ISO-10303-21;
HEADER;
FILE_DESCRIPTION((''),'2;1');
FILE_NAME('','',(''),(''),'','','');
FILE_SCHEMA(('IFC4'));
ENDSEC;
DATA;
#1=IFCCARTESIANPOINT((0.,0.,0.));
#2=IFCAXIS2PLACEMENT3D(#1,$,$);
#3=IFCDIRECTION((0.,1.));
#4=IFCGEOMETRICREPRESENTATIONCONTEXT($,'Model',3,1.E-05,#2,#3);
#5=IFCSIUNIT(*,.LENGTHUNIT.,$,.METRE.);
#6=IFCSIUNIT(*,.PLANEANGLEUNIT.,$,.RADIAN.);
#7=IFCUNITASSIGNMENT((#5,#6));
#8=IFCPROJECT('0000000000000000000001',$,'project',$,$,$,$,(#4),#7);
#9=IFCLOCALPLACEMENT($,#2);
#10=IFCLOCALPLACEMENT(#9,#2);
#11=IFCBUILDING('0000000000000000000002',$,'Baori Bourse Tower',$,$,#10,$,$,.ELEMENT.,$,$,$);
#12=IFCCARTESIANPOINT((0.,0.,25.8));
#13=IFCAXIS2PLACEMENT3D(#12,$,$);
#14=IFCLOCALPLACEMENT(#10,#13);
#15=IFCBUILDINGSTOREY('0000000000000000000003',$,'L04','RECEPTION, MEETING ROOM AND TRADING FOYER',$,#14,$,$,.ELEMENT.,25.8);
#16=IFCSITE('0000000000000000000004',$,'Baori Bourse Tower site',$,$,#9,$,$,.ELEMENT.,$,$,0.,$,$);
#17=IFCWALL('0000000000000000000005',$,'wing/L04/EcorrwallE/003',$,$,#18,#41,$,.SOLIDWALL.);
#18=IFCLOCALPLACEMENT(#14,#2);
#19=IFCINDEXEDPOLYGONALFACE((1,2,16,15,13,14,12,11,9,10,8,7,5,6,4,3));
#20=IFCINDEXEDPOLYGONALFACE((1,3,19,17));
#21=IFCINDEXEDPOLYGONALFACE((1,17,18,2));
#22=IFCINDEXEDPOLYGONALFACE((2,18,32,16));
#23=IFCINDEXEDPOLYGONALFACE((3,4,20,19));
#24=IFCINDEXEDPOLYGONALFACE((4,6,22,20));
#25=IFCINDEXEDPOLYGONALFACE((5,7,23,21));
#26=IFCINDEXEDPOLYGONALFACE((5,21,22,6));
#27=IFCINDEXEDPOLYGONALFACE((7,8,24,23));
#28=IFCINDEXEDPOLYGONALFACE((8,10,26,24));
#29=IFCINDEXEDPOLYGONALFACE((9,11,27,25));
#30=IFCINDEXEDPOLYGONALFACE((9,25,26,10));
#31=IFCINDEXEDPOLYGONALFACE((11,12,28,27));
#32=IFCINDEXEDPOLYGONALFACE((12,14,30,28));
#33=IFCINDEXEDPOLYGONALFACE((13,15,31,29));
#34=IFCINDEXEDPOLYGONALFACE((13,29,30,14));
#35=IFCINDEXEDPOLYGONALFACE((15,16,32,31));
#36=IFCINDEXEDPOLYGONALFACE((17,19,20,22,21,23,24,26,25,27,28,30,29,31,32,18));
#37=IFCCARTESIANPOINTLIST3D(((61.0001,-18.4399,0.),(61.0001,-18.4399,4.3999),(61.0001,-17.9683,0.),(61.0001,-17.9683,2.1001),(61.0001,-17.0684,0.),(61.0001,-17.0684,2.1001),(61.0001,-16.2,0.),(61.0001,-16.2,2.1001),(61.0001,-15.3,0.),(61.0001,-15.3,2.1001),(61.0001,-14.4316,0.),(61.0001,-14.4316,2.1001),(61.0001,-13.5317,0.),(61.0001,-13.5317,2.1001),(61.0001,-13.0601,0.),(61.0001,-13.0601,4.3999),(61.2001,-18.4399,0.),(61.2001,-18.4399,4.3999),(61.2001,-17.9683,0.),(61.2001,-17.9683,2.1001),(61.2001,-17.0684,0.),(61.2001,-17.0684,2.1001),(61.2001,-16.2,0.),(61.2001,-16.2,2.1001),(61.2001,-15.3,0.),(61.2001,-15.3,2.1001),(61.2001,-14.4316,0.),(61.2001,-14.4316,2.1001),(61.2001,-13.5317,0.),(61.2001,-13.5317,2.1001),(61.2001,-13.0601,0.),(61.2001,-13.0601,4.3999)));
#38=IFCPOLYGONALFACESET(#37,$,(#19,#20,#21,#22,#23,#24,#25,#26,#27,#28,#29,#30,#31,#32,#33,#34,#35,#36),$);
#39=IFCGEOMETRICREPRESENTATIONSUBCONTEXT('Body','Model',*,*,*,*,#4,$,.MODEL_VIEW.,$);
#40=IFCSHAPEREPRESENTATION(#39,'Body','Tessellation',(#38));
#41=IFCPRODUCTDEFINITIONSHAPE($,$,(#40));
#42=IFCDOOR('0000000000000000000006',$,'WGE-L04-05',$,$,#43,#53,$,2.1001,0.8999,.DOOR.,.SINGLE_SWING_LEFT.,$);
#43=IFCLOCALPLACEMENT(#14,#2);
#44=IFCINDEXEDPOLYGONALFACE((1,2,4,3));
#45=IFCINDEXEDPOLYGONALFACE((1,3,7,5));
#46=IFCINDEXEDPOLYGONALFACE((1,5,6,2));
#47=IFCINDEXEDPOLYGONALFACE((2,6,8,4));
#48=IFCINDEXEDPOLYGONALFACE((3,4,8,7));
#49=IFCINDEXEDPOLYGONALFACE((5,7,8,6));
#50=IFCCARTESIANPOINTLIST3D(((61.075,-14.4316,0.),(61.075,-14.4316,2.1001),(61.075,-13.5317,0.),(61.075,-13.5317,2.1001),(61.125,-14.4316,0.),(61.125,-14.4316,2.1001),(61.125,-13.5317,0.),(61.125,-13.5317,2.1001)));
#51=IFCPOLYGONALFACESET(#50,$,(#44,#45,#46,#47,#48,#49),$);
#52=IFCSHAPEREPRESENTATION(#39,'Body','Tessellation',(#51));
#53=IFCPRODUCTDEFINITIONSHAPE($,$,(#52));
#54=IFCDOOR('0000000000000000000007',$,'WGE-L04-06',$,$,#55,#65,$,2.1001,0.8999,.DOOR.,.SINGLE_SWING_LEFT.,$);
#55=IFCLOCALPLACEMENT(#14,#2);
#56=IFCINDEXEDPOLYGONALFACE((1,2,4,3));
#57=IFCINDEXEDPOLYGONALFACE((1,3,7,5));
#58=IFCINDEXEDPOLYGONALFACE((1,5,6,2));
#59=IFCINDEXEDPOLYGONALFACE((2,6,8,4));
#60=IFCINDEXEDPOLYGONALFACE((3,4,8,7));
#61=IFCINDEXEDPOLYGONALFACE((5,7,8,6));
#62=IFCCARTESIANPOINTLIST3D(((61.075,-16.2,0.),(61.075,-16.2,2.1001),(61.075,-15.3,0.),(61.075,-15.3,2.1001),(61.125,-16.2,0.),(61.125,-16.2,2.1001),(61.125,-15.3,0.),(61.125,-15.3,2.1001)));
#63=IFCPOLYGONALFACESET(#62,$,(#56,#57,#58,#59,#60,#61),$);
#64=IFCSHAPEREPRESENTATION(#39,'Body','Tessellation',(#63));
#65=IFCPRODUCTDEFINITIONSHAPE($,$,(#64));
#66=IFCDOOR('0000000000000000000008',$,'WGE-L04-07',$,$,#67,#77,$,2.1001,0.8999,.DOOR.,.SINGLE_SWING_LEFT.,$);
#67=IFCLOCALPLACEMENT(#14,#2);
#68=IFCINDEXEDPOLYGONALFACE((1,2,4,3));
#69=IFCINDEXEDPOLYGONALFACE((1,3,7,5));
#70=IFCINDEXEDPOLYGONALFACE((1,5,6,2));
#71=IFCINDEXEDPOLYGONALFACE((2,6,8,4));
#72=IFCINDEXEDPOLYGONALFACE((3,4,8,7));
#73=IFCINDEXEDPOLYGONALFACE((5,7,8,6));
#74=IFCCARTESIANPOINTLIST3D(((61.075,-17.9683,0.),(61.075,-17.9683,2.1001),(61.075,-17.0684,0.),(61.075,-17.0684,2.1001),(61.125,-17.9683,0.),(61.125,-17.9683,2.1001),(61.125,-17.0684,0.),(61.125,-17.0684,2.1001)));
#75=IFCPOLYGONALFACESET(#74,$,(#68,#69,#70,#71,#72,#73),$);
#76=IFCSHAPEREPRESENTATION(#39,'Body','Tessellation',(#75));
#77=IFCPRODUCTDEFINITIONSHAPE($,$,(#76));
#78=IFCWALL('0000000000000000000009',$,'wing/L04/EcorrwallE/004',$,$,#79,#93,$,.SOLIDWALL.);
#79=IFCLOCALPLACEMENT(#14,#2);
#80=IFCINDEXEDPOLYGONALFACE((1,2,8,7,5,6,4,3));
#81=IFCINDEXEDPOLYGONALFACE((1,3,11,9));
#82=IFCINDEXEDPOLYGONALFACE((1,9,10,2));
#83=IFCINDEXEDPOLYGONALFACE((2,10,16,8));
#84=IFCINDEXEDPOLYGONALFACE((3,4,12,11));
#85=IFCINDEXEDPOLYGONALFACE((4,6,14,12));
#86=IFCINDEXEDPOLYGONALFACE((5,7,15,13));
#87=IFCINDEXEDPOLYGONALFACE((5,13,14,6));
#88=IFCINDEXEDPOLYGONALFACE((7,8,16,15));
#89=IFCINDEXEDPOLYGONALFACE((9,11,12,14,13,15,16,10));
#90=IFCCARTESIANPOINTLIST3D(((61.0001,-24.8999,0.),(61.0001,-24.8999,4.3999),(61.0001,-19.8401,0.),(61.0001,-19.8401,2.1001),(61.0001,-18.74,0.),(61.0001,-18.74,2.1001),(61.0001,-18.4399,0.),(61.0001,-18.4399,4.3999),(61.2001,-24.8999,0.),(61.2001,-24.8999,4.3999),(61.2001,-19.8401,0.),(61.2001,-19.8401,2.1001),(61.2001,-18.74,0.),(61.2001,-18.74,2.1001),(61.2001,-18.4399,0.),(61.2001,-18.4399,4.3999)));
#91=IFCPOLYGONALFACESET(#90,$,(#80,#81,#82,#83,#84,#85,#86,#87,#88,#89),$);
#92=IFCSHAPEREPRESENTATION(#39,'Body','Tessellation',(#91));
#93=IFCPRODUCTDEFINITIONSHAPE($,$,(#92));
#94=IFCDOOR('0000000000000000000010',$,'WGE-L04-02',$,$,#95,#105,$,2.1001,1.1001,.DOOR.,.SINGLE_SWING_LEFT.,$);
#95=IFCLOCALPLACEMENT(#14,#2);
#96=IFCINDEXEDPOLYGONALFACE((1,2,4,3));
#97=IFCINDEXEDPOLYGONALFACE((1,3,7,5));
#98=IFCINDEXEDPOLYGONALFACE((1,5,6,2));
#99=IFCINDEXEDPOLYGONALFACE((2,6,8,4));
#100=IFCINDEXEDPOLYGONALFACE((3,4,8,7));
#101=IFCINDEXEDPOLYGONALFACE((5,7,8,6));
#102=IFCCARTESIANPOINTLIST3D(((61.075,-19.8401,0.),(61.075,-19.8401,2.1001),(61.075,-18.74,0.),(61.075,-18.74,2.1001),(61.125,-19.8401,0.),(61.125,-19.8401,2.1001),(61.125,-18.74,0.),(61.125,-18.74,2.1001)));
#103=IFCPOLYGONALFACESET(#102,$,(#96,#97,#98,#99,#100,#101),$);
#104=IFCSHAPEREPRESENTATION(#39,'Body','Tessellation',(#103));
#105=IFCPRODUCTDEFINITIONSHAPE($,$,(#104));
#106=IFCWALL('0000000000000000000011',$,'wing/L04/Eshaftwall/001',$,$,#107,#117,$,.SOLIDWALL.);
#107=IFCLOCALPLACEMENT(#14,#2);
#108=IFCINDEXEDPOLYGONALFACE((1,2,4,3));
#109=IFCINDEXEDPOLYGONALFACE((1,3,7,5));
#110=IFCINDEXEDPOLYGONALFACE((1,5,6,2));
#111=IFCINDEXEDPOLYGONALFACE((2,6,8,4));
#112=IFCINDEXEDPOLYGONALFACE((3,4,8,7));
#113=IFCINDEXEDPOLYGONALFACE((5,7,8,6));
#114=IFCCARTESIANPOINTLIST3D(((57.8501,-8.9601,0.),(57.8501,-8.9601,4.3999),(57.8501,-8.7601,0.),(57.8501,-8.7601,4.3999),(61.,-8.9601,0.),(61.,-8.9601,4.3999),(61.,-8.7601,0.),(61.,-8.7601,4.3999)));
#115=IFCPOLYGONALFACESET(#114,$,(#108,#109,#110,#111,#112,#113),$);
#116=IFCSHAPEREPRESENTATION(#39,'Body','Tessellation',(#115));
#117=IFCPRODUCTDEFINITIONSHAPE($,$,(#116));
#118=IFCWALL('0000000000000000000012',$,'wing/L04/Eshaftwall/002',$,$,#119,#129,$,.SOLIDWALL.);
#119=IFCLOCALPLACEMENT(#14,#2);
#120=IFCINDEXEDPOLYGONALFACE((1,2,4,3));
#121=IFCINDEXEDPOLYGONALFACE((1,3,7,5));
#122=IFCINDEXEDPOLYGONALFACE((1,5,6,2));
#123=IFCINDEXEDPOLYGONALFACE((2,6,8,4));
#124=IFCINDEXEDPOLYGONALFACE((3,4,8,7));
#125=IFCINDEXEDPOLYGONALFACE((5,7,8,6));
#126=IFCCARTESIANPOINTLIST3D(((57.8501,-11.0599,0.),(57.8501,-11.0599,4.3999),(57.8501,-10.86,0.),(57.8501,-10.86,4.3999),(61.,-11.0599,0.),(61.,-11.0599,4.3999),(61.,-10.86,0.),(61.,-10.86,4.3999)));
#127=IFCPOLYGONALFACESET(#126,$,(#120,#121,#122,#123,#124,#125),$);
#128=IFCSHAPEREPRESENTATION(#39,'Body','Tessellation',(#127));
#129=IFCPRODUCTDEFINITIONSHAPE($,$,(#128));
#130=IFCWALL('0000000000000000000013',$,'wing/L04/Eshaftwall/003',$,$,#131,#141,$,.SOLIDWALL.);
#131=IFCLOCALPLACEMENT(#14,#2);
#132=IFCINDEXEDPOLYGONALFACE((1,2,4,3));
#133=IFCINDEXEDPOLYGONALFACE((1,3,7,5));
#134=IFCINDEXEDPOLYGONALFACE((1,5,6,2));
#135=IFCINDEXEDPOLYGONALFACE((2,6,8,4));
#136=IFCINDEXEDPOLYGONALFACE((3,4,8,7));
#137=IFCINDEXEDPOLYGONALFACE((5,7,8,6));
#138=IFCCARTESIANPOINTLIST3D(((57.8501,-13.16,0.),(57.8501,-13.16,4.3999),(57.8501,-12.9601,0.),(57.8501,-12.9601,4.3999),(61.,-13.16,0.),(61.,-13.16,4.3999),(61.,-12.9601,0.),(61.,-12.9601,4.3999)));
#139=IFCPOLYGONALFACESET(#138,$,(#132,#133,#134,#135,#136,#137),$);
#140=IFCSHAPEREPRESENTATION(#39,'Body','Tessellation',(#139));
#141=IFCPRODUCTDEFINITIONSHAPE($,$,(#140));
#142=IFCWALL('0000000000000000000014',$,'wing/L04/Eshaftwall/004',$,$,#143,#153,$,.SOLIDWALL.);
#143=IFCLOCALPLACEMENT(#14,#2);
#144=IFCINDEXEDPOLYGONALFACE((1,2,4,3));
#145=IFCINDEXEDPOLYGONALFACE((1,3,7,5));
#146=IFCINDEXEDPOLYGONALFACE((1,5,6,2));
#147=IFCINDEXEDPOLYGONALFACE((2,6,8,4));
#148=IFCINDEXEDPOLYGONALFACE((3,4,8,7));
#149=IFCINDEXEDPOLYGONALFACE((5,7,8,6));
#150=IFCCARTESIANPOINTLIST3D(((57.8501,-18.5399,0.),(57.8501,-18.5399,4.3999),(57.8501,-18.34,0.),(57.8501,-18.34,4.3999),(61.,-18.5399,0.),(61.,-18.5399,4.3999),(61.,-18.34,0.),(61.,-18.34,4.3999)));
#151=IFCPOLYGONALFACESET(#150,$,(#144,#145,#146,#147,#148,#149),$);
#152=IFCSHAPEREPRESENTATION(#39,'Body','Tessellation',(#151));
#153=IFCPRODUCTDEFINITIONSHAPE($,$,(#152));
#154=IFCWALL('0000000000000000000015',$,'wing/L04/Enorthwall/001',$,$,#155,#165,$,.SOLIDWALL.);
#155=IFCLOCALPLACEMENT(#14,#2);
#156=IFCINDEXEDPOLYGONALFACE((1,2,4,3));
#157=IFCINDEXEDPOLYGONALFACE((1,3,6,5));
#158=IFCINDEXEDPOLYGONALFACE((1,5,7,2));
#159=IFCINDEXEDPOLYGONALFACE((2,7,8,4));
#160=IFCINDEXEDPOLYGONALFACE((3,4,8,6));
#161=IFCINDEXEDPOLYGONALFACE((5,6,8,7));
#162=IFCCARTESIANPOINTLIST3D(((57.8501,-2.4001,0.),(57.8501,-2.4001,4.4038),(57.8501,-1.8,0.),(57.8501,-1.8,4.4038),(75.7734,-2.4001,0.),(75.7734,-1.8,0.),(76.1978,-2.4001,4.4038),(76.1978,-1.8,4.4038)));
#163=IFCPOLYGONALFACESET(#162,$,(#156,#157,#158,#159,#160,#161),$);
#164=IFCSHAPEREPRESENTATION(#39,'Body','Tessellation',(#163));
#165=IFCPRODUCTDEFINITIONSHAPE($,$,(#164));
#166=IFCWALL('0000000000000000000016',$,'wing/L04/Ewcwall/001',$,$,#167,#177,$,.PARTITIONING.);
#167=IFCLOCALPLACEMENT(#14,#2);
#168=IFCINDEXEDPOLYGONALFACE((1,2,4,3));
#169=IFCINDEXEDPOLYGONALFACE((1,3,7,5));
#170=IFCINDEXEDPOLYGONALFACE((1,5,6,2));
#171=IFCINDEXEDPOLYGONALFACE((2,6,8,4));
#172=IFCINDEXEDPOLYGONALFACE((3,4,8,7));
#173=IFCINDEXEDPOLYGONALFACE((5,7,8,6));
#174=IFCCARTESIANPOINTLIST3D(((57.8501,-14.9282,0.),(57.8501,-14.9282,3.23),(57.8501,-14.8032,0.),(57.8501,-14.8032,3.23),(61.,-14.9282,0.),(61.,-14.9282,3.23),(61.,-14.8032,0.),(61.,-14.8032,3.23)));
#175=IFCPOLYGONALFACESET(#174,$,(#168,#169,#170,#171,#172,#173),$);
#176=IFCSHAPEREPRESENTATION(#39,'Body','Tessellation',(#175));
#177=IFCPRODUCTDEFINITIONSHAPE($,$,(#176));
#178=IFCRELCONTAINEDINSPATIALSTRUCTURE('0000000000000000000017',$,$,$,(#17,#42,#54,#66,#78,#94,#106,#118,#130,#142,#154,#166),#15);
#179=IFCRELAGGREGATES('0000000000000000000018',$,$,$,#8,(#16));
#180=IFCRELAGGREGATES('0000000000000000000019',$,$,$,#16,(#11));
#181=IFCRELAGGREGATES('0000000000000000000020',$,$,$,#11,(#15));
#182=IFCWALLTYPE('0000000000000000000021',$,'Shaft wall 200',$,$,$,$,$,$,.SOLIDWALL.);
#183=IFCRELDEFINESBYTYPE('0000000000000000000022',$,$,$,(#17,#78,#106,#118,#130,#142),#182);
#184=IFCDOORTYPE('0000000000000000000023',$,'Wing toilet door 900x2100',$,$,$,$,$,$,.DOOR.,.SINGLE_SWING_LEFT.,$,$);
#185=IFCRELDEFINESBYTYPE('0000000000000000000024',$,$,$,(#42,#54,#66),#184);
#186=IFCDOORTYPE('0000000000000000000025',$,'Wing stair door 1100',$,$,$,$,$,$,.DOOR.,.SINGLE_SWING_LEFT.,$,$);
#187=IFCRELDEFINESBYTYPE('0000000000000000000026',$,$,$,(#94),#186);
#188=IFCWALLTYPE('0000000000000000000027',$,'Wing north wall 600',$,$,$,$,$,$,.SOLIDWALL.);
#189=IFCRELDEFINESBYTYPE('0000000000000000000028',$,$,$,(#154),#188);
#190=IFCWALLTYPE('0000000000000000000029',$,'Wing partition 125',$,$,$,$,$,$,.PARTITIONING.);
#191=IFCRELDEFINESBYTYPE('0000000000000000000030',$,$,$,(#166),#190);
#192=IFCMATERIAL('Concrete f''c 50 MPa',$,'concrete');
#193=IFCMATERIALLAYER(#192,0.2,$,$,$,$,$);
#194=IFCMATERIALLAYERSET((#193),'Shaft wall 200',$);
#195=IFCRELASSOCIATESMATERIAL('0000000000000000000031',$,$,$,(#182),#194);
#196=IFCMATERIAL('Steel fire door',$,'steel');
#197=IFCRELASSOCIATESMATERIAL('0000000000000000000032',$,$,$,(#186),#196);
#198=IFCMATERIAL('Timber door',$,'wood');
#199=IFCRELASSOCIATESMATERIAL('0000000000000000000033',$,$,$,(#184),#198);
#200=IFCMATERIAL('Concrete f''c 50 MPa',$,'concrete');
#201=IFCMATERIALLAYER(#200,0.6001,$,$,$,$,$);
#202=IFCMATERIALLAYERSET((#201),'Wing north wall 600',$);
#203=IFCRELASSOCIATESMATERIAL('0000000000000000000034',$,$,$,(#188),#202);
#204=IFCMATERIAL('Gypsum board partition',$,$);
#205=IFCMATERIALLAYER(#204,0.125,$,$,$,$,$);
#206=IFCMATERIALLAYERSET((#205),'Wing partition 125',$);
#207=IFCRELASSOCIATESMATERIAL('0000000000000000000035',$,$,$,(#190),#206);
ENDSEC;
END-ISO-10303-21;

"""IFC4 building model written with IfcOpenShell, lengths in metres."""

from ifc_helpers import new_model, si_unit, direction, frame, frame_2d, origin, place, context, subcontext, project, spatial, polyline, rectangle, outline, extrude, material, layer, layer_set, type_object, element, fill, save


model = new_model("IFC4")

# Units and contexts
model_context = context("Model", 3, precision=1e-05, world=origin(), true_north=direction((0.0, 1.0)))
body_context = subcontext(model_context, "Body", "Model", "MODEL_VIEW")
ifc_project = project(units=[si_unit("LENGTHUNIT", "METRE"), si_unit("PLANEANGLEUNIT", "RADIAN")], contexts=[model_context])

# Site, building, storey
site_placement = place(None, origin())
site = spatial("IfcSite", under=ifc_project, at=site_placement, Name="Baori Bourse Tower site", CompositionType="ELEMENT", RefElevation=0.0)
building_placement = place(site_placement, origin())
building = spatial("IfcBuilding", under=site, at=building_placement, Name="Baori Bourse Tower", CompositionType="ELEMENT")
storey_placement = place(building_placement, frame((0.0, 0.0, 25.8)))
storey = spatial("IfcBuildingStorey", under=building, at=storey_placement, Name="L04", Description="RECEPTION, MEETING ROOM AND TRADING FOYER", CompositionType="ELEMENT", Elevation=25.8)

# Shared definitions
ifc_material_1 = material(Name="Concrete f'c 50 MPa", Category="concrete")
ifc_layer_1 = layer(ifc_material_1, 0.2)
ifc_layer_set_1 = layer_set([ifc_layer_1], Name="Shaft wall 200")
wall_type_1 = type_object("IfcWallType", Name="Shaft wall 200", PredefinedType="SOLIDWALL", material=ifc_layer_set_1)
ifc_material_2 = material(Name="Steel fire door", Category="steel")
door_type_1 = type_object("IfcDoorType", Name="Wing stair door 1100", OperationType="SINGLE_SWING_LEFT", PredefinedType="DOOR", material=ifc_material_2)

# Wall, openings, doors
wall_1_placement = place(storey_placement, frame((61.1001, -13.0601, 0.0), z_axis=(0.0, 0.0, 1.0), x_axis=(0.0, -1.0, 0.0)))
wall_1 = element("IfcWall", 1, at=wall_1_placement, inside=storey, type_object=wall_type_1, Name="wing/L04/EcorrwallE/003", PredefinedType="SOLIDWALL", context=body_context, shape_type="SweptSolid", body=[
    extrude(rectangle(XDim=5.3799, YDim=0.2, at=frame_2d((2.6899, 0.0))), origin(), (0.0, 0.0, 1.0), 4.3999),
])
opening_1_placement = place(wall_1_placement, frame((0.4717, 0.0, 0.0)))
opening_1 = element("IfcOpeningElement", 2, at=opening_1_placement, cuts=wall_1, PredefinedType="OPENING", context=body_context, shape_type="SweptSolid", body=[
    extrude(rectangle(XDim=0.8999, YDim=2.1001, at=frame_2d((0.45, 1.05))), frame((0.0, 0.1099, 0.0), z_axis=(0.0, -1.0, 0.0), x_axis=(1.0, 0.0, 0.0)), (0.0, 0.0, 1.0), 0.22),
])
opening_2_placement = place(wall_1_placement, frame((2.24, 0.0, 0.0)))
opening_2 = element("IfcOpeningElement", 3, at=opening_2_placement, cuts=wall_1, PredefinedType="OPENING", context=body_context, shape_type="SweptSolid", body=[
    extrude(rectangle(XDim=0.8999, YDim=2.1001, at=frame_2d((0.45, 1.05))), frame((0.0, 0.1099, 0.0), z_axis=(0.0, -1.0, 0.0), x_axis=(1.0, 0.0, 0.0)), (0.0, 0.0, 1.0), 0.22),
])
opening_3_placement = place(wall_1_placement, frame((4.0083, 0.0, 0.0)))
opening_3 = element("IfcOpeningElement", 4, at=opening_3_placement, cuts=wall_1, PredefinedType="OPENING", context=body_context, shape_type="SweptSolid", body=[
    extrude(rectangle(XDim=0.8999, YDim=2.1001, at=frame_2d((0.45, 1.05))), frame((0.0, 0.1099, 0.0), z_axis=(0.0, -1.0, 0.0), x_axis=(1.0, 0.0, 0.0)), (0.0, 0.0, 1.0), 0.22),
])
ifc_material_3 = material(Name="Timber door", Category="wood")
door_type_2 = type_object("IfcDoorType", Name="Wing toilet door 900x2100", OperationType="SINGLE_SWING_LEFT", PredefinedType="DOOR", material=ifc_material_3)
door_1_placement = place(opening_1_placement, origin())
door_1 = element("IfcDoor", 5, at=door_1_placement, inside=storey, type_object=door_type_2, Name="WGE-L04-05", OperationType="SINGLE_SWING_LEFT", OverallHeight=2.1001, OverallWidth=0.8999, PredefinedType="DOOR", context=body_context, shape_type="SweptSolid", body=[
    extrude(rectangle(XDim=0.8999, YDim=2.1001, at=frame_2d((0.45, 1.05))), frame((0.0, 0.0249, 0.0), z_axis=(0.0, -1.0, 0.0), x_axis=(1.0, 0.0, 0.0)), (0.0, 0.0, 1.0), 0.05),
])
fill(opening_1, door_1)
door_2_placement = place(opening_2_placement, origin())
door_2 = element("IfcDoor", 6, at=door_2_placement, inside=storey, type_object=door_type_2, Name="WGE-L04-06", OperationType="SINGLE_SWING_LEFT", OverallHeight=2.1001, OverallWidth=0.8999, PredefinedType="DOOR", context=body_context, shape_type="SweptSolid", body=[
    extrude(rectangle(XDim=0.8999, YDim=2.1001, at=frame_2d((0.45, 1.05))), frame((0.0, 0.0249, 0.0), z_axis=(0.0, -1.0, 0.0), x_axis=(1.0, 0.0, 0.0)), (0.0, 0.0, 1.0), 0.05),
])
fill(opening_2, door_2)
door_3_placement = place(opening_3_placement, origin())
door_3 = element("IfcDoor", 7, at=door_3_placement, inside=storey, type_object=door_type_2, Name="WGE-L04-07", OperationType="SINGLE_SWING_LEFT", OverallHeight=2.1001, OverallWidth=0.8999, PredefinedType="DOOR", context=body_context, shape_type="SweptSolid", body=[
    extrude(rectangle(XDim=0.8999, YDim=2.1001, at=frame_2d((0.45, 1.05))), frame((0.0, 0.0249, 0.0), z_axis=(0.0, -1.0, 0.0), x_axis=(1.0, 0.0, 0.0)), (0.0, 0.0, 1.0), 0.05),
])
fill(opening_3, door_3)

# Wall, opening, door
wall_2_placement = place(storey_placement, frame((61.1001, -18.4399, 0.0), z_axis=(0.0, 0.0, 1.0), x_axis=(0.0, -1.0, 0.0)))
wall_2 = element("IfcWall", 8, at=wall_2_placement, inside=storey, type_object=wall_type_1, Name="wing/L04/EcorrwallE/004", PredefinedType="SOLIDWALL", context=body_context, shape_type="SweptSolid", body=[
    extrude(rectangle(XDim=6.46, YDim=0.2, at=frame_2d((3.23, 0.0))), origin(), (0.0, 0.0, 1.0), 4.3999),
])
opening_4_placement = place(wall_2_placement, frame((0.3, 0.0, 0.0)))
opening_4 = element("IfcOpeningElement", 9, at=opening_4_placement, cuts=wall_2, PredefinedType="OPENING", context=body_context, shape_type="SweptSolid", body=[
    extrude(rectangle(XDim=1.1001, YDim=2.1001, at=frame_2d((0.55, 1.05))), frame((0.0, 0.1099, 0.0), z_axis=(0.0, -1.0, 0.0), x_axis=(1.0, 0.0, 0.0)), (0.0, 0.0, 1.0), 0.22),
])
door_4_placement = place(opening_4_placement, origin())
door_4 = element("IfcDoor", 10, at=door_4_placement, inside=storey, type_object=door_type_1, Name="WGE-L04-02", OperationType="SINGLE_SWING_LEFT", OverallHeight=2.1001, OverallWidth=1.1001, PredefinedType="DOOR", context=body_context, shape_type="SweptSolid", body=[
    extrude(rectangle(XDim=1.1001, YDim=2.1001, at=frame_2d((0.55, 1.05))), frame((0.0, 0.0249, 0.0), z_axis=(0.0, -1.0, 0.0), x_axis=(1.0, 0.0, 0.0)), (0.0, 0.0, 1.0), 0.05),
])
fill(opening_4, door_4)

# Walls
for number, where, z_axis, x_axis, name in (
    (11, (61.0, -8.8601, 0.0), (0.0, 0.0, 1.0), (-1.0, 0.0, 0.0), "wing/L04/Eshaftwall/001"),
    (12, (61.0, -10.96, 0.0), (0.0, 0.0, 1.0), (-1.0, 0.0, 0.0), "wing/L04/Eshaftwall/002"),
    (13, (61.0, -13.0601, 0.0), (0.0, 0.0, 1.0), (-1.0, 0.0, 0.0), "wing/L04/Eshaftwall/003"),
    (14, (61.0, -18.4399, 0.0), (0.0, 0.0, 1.0), (-1.0, 0.0, 0.0), "wing/L04/Eshaftwall/004"),
):
    element("IfcWall", number, at=place(storey_placement, frame(where, z_axis=z_axis, x_axis=x_axis)), inside=storey, type_object=wall_type_1, Name=name, PredefinedType="SOLIDWALL", context=body_context, shape_type="SweptSolid", body=[
        extrude(rectangle(XDim=3.1499, YDim=0.2, at=frame_2d((1.575, 0.0))), origin(), (0.0, 0.0, 1.0), 4.3999),
    ])
ifc_material_4 = material(Name="Concrete f'c 50 MPa", Category="concrete")
ifc_layer_2 = layer(ifc_material_4, 0.6001)
ifc_layer_set_2 = layer_set([ifc_layer_2], Name="Wing north wall 600")
wall_type_2 = type_object("IfcWallType", Name="Wing north wall 600", PredefinedType="SOLIDWALL", material=ifc_layer_set_2)
wall_3_placement = place(storey_placement, frame((57.8501, -2.1001, 0.0), z_axis=(0.0, 0.0, 1.0), x_axis=(1.0, 0.0, 0.0)))
element("IfcWall", 15, at=wall_3_placement, inside=storey, type_object=wall_type_2, Name="wing/L04/Enorthwall/001", PredefinedType="SOLIDWALL", context=body_context, shape_type="SweptSolid", body=[
    extrude(outline(polyline([(0.0, 0.0), (17.9233, 0.0), (18.3477, 4.4038), (0.0, 4.4038), (0.0, 0.0)])), frame((0.0, 0.3, 0.0), z_axis=(0.0, -1.0, 0.0), x_axis=(1.0, 0.0, 0.0)), (0.0, 0.0, 1.0), 0.6001),
])
ifc_material_5 = material(Name="Gypsum board partition")
ifc_layer_3 = layer(ifc_material_5, 0.125)
ifc_layer_set_3 = layer_set([ifc_layer_3], Name="Wing partition 125")
wall_type_3 = type_object("IfcWallType", Name="Wing partition 125", PredefinedType="PARTITIONING", material=ifc_layer_set_3)
for number, where, z_axis, x_axis, name in (
    (16, (61.0, -14.8657, 0.0), (0.0, 0.0, 1.0), (-1.0, 0.0, 0.0), "wing/L04/Ewcwall/001"),
):
    element("IfcWall", number, at=place(storey_placement, frame(where, z_axis=z_axis, x_axis=x_axis)), inside=storey, type_object=wall_type_3, Name=name, PredefinedType="PARTITIONING", context=body_context, shape_type="SweptSolid", body=[
        extrude(rectangle(XDim=3.1499, YDim=0.125, at=frame_2d((1.575, 0.0))), origin(), (0.0, 0.0, 1.0), 3.23),
    ])

save(model, "model.ifc")
